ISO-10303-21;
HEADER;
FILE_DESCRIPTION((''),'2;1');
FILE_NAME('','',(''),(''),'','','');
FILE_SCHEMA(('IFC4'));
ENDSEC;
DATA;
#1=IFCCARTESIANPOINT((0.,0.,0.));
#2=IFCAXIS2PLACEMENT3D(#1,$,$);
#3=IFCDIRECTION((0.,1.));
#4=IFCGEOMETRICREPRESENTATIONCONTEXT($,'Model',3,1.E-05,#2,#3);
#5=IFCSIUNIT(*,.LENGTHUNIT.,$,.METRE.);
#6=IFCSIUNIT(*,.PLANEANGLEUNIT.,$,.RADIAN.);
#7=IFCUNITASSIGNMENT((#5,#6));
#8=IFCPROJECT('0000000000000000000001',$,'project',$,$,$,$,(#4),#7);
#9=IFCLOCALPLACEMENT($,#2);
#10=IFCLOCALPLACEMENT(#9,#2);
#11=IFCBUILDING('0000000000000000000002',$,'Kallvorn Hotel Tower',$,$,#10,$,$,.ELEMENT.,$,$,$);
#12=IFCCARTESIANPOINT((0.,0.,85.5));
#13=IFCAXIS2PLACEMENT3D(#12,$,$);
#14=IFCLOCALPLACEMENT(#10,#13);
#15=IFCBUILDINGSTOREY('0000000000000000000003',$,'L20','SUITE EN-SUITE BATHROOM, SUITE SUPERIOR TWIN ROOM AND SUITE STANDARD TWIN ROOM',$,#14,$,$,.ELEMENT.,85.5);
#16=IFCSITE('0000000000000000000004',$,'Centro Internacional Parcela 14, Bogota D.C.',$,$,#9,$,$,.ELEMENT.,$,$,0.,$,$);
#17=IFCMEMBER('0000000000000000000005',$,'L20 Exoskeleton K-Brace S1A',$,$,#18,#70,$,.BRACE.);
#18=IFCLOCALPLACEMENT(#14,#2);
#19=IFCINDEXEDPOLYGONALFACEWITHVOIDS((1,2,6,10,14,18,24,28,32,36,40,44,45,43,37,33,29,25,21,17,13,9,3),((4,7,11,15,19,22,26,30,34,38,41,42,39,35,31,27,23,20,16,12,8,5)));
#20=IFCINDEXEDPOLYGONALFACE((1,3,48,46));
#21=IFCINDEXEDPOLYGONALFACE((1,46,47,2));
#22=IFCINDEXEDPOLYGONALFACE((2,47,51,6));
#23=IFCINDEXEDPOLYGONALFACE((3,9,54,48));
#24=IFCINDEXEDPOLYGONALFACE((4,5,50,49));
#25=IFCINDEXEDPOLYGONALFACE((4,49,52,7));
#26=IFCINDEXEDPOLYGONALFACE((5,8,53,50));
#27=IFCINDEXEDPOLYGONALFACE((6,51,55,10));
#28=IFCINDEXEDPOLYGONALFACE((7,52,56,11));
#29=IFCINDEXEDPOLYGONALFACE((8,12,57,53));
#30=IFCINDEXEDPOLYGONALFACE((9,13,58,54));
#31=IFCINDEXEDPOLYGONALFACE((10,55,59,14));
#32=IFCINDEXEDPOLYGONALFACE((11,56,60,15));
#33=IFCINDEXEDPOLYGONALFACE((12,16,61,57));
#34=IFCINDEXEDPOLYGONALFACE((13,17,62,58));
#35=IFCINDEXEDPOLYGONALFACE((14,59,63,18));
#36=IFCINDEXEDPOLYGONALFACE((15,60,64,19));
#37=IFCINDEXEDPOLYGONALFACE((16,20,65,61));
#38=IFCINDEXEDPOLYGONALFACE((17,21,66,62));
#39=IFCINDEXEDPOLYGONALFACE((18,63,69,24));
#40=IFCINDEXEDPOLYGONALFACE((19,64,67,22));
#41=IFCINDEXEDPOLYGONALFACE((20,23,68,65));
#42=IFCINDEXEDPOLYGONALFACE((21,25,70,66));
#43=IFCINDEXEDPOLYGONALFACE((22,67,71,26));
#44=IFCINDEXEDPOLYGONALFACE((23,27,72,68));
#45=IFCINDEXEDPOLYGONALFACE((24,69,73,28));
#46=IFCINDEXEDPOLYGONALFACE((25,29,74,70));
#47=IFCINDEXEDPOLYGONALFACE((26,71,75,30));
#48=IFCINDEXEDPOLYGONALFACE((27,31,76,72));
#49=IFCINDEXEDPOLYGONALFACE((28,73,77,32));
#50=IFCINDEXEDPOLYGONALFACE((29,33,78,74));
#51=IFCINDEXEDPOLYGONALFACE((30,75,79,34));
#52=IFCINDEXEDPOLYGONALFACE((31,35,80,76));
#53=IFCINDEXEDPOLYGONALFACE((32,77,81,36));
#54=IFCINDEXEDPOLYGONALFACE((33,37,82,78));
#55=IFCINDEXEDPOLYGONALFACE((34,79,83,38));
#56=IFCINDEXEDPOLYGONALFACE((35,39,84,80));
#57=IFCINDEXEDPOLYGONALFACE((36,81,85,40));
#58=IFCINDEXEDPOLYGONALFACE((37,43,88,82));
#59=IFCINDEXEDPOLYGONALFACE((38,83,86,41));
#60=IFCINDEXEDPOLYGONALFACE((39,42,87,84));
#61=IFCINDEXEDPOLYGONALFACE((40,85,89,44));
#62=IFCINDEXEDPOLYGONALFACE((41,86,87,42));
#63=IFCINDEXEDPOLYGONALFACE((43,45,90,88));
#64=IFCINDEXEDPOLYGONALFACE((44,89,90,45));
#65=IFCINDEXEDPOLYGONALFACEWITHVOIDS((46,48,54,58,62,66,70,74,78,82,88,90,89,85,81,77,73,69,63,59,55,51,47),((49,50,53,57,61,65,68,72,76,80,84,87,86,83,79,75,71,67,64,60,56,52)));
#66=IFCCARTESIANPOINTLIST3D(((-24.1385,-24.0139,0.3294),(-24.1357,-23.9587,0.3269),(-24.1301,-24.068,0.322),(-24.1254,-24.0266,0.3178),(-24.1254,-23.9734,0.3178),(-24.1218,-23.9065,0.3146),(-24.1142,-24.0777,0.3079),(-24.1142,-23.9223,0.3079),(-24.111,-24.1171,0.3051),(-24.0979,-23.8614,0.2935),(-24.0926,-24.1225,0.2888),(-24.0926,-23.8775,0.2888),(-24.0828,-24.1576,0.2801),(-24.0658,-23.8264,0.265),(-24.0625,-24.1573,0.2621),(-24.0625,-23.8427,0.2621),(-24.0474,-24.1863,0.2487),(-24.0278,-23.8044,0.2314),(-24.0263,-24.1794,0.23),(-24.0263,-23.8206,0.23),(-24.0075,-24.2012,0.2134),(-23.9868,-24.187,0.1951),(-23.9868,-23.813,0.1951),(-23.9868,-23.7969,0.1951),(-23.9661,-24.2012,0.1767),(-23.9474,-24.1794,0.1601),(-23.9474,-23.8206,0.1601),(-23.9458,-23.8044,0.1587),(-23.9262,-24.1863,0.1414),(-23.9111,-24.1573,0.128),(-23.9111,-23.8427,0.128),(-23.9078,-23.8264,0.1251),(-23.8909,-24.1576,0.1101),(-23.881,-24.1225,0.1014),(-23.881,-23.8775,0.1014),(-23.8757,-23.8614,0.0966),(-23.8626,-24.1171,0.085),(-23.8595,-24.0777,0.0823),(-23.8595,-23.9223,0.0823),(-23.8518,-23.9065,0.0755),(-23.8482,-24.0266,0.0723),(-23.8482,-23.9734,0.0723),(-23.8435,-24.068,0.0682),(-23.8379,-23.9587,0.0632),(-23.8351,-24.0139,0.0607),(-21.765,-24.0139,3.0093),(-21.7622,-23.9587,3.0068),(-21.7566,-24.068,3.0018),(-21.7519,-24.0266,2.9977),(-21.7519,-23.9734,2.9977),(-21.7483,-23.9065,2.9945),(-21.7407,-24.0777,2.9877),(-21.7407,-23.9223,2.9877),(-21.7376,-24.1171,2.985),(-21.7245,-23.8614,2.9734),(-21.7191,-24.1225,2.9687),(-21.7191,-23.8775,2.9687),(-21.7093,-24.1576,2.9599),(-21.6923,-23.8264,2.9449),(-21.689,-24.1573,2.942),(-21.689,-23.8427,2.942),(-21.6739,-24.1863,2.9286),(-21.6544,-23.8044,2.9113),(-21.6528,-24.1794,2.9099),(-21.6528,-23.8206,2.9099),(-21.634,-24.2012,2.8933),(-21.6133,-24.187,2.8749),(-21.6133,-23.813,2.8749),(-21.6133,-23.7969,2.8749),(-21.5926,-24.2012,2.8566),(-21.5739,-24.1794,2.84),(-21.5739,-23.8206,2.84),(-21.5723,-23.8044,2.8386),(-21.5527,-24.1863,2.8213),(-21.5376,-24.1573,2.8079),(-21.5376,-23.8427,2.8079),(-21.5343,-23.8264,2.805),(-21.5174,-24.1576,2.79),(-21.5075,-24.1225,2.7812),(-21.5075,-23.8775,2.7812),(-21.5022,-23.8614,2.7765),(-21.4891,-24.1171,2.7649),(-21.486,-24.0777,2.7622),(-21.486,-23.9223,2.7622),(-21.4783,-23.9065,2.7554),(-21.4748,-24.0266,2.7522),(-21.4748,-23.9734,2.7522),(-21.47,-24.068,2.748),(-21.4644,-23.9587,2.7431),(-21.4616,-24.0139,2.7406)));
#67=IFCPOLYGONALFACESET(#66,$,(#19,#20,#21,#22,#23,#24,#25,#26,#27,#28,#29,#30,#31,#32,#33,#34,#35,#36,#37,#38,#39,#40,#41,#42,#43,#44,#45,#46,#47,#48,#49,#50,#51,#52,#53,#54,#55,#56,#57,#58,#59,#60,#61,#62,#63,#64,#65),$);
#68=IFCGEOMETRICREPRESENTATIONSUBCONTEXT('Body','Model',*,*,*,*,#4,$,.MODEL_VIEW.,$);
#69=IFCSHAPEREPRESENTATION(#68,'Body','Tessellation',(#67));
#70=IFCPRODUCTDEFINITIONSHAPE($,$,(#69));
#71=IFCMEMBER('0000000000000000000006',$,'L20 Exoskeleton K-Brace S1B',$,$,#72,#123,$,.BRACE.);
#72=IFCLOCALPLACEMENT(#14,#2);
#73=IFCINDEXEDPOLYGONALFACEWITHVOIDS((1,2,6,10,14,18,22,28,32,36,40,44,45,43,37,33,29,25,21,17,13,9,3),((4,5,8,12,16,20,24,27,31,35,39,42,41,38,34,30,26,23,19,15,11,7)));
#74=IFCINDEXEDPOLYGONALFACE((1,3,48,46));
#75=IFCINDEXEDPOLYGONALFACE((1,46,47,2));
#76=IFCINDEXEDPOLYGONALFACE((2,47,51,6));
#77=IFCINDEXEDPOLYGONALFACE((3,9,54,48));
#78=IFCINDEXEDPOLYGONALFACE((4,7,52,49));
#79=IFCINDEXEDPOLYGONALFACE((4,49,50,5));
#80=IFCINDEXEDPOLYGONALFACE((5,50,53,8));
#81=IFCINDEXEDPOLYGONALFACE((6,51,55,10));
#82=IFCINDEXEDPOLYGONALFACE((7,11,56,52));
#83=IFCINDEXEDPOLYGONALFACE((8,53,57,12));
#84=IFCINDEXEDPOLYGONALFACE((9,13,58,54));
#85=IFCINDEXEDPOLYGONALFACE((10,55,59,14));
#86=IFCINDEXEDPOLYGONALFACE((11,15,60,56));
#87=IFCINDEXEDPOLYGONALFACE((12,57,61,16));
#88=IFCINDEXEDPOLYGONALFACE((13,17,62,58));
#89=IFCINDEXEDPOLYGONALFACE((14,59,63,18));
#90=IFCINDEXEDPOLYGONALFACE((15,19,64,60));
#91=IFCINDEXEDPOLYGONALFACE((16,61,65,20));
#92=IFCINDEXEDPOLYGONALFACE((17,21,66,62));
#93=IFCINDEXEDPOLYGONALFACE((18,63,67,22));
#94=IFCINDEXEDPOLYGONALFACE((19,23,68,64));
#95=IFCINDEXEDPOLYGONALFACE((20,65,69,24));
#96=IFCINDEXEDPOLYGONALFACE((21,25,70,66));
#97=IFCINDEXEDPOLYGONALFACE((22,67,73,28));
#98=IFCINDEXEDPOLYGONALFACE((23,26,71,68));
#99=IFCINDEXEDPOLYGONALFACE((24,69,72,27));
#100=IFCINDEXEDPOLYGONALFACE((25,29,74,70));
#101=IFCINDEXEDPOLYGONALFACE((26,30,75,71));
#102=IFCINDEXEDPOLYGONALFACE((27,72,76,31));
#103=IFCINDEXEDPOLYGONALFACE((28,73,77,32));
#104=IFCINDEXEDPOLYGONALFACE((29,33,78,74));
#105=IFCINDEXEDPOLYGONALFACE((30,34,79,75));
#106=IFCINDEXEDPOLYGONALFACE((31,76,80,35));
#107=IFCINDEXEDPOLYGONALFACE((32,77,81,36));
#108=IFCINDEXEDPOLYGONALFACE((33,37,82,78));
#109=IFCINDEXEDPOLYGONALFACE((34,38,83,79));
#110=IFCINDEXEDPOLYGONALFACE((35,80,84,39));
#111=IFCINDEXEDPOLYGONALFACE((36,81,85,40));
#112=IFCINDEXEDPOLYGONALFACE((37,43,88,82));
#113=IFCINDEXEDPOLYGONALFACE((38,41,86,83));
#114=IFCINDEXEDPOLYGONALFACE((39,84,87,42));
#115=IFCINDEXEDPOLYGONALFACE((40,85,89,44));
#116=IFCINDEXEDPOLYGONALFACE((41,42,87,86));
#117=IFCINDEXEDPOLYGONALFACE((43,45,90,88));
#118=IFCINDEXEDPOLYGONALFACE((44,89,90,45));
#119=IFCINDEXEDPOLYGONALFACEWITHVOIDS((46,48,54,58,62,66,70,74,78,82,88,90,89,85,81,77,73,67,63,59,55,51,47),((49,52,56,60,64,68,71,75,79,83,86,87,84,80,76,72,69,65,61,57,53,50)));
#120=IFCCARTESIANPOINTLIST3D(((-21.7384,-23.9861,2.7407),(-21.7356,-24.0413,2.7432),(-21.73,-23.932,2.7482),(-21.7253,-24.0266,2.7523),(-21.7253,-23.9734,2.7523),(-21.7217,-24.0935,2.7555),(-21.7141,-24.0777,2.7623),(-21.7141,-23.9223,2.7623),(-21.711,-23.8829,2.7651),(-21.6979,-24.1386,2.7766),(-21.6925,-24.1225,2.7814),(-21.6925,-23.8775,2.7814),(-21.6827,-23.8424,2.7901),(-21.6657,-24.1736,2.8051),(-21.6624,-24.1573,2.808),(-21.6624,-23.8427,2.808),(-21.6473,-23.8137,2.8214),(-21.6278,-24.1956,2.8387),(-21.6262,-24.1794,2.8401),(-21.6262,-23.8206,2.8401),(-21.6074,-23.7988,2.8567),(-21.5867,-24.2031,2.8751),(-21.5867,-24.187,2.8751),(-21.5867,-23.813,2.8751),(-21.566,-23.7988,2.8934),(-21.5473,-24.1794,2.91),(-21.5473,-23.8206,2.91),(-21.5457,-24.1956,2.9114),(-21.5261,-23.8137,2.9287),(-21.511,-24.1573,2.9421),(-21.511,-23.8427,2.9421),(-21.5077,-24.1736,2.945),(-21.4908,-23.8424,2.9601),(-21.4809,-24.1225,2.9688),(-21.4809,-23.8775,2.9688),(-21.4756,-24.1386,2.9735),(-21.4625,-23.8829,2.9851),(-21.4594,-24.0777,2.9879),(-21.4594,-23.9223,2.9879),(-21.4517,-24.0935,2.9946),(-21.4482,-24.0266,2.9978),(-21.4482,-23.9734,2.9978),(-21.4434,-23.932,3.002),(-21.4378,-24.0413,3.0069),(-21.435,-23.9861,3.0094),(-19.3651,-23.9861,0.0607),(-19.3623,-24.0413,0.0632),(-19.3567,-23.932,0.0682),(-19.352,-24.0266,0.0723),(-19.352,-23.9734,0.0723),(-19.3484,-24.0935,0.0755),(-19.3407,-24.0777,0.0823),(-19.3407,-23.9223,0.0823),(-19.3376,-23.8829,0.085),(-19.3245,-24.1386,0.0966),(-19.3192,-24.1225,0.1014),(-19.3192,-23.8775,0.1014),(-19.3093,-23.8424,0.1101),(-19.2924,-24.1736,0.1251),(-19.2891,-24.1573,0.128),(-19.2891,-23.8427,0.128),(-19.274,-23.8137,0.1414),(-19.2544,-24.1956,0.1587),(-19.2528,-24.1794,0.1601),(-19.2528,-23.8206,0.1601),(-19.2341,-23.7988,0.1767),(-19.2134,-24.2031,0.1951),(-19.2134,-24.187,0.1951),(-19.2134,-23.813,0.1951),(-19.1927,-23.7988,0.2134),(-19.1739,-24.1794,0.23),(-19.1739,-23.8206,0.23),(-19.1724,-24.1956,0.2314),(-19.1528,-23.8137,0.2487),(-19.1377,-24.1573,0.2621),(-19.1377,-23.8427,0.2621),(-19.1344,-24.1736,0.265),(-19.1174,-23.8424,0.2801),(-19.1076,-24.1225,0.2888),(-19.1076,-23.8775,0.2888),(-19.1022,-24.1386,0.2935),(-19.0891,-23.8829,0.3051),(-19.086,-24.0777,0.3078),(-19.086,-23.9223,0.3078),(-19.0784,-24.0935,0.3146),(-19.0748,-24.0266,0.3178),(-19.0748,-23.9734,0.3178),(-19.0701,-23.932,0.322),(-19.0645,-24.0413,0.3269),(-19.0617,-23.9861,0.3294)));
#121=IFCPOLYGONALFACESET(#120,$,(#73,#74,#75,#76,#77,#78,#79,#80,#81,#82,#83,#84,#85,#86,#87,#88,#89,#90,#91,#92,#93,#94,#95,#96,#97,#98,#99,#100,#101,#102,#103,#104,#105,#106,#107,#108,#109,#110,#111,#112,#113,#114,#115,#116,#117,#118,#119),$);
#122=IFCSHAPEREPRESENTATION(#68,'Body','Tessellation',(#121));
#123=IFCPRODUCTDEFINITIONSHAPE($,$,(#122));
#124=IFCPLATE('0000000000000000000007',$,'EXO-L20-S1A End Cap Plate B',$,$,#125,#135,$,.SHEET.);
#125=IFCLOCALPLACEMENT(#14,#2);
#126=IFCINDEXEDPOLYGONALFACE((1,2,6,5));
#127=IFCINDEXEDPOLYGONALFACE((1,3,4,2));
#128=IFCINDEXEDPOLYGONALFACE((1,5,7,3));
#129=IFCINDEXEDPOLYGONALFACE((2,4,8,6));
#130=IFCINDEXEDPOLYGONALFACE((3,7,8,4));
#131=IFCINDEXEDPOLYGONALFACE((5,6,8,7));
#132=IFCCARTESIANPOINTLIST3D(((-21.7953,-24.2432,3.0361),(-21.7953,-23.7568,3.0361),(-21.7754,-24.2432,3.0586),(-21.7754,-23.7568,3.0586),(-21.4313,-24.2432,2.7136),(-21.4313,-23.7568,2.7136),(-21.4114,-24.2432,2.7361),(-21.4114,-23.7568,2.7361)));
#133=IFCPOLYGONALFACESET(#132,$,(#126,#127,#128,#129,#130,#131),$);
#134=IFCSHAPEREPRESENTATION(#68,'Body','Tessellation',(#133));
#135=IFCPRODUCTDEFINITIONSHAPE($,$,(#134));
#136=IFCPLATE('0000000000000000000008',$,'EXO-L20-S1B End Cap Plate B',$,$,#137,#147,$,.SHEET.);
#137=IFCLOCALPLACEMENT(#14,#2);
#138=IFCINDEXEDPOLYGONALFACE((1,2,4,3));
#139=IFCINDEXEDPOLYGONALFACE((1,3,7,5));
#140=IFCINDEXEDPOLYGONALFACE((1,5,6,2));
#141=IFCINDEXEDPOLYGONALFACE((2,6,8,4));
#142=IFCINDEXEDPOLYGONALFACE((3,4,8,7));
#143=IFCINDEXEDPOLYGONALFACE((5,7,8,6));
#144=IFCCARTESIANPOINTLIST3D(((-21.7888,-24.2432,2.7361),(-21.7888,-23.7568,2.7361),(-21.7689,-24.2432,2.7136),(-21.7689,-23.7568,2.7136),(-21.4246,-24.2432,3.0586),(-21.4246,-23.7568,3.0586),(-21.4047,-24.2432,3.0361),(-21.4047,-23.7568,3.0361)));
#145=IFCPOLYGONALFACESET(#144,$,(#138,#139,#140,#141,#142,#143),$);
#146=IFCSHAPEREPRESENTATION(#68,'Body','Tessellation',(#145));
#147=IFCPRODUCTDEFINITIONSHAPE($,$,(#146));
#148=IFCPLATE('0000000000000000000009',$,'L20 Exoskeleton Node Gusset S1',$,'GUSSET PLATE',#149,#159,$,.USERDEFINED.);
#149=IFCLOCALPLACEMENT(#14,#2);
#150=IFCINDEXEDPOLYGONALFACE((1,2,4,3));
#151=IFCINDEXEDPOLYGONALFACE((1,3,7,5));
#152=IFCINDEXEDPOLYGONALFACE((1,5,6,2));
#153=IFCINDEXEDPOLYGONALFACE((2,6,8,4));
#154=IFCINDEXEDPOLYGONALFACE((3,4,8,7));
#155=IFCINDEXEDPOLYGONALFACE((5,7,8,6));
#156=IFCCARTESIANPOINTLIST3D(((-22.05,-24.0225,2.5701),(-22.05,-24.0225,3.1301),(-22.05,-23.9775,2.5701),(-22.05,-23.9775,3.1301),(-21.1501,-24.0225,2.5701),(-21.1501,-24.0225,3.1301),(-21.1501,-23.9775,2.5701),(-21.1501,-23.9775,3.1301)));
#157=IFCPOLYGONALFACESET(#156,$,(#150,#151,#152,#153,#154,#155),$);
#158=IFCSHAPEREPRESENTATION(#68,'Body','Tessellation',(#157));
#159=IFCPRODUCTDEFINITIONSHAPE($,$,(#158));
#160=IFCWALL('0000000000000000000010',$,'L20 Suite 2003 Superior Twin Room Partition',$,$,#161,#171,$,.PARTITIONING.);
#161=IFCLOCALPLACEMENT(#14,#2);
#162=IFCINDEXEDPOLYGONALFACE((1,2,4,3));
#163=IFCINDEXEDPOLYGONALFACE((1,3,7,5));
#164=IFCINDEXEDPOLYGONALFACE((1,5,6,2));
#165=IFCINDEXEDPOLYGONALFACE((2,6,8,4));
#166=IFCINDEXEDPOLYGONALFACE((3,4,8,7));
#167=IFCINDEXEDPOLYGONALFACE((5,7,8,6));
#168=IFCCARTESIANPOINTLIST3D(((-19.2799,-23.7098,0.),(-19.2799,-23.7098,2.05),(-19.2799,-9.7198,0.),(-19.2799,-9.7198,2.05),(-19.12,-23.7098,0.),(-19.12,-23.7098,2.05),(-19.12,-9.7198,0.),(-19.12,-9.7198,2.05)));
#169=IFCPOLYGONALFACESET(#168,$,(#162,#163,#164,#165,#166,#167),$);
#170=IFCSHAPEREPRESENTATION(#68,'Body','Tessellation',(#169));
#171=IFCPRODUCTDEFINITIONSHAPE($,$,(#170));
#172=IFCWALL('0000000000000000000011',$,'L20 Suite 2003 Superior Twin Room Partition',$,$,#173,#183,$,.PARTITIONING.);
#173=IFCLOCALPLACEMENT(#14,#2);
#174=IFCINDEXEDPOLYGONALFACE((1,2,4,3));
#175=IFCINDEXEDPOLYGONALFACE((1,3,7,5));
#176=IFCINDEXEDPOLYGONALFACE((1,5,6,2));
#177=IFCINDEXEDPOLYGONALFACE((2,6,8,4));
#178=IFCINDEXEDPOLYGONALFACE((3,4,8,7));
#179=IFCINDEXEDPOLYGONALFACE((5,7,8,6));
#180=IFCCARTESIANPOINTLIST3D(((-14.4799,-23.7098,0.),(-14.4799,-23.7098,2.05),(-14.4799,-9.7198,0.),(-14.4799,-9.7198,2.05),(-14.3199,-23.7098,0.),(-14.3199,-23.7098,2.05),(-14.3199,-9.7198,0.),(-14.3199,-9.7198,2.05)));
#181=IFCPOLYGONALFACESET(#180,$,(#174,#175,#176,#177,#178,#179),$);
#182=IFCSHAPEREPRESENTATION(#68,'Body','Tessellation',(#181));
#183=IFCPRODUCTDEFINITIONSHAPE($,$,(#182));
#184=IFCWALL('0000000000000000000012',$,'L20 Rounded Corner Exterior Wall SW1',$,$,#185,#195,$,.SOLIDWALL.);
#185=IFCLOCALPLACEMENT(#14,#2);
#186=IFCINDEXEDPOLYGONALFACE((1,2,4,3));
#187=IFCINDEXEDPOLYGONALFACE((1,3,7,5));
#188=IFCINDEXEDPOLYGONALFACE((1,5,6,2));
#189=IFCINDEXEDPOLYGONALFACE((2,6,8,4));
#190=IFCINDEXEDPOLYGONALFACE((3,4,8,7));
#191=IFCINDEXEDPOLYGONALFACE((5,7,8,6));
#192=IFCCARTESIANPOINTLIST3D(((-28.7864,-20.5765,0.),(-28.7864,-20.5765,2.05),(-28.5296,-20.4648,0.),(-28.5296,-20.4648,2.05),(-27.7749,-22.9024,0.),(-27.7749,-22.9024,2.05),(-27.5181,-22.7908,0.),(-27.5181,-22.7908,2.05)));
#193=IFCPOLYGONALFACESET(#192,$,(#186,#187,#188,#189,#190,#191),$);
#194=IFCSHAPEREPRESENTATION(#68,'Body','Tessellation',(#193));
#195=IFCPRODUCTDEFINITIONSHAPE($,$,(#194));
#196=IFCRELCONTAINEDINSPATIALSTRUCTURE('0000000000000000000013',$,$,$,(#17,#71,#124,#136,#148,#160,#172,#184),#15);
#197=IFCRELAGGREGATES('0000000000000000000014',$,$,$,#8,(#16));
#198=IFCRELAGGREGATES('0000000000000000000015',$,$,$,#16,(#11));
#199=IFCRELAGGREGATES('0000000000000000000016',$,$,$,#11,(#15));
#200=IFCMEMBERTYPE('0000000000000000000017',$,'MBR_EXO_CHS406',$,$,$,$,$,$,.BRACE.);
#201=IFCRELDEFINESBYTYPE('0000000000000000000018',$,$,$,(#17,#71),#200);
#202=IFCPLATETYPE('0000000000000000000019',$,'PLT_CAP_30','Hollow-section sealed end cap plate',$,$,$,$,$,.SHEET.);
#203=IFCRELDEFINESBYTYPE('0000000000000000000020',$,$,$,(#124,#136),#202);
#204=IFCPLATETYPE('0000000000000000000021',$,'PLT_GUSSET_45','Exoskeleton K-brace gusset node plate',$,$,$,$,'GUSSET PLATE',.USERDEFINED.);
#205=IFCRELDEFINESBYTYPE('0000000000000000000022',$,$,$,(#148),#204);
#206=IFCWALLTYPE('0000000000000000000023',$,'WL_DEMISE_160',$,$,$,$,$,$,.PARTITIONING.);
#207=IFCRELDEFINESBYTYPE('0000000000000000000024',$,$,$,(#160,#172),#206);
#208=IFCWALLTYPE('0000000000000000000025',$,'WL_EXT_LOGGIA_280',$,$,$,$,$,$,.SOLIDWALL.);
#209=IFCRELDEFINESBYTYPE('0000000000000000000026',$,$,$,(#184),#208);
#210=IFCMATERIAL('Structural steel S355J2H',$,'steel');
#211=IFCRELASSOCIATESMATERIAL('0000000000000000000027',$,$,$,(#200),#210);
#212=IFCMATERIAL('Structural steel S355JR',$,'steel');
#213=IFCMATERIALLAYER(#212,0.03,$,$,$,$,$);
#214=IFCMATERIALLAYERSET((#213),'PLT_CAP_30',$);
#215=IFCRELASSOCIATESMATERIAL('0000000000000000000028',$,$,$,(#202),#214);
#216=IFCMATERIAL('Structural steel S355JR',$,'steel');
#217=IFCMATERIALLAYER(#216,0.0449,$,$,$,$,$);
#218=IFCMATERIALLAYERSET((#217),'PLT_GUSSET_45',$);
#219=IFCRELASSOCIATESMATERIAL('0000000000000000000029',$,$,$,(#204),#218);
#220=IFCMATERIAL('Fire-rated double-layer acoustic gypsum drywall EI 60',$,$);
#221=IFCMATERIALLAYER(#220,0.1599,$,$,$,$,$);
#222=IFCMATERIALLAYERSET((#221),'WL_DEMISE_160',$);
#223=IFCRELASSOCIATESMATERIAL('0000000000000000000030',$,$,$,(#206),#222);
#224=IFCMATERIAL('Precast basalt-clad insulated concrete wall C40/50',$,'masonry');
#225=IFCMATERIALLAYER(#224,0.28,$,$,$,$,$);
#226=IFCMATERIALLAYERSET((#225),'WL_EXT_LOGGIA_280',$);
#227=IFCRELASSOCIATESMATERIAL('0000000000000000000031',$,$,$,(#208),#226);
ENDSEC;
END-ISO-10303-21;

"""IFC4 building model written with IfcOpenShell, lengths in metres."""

from ifc_helpers import new_model, si_unit, direction, frame, frame_2d, origin, origin_2d, place, context, subcontext, project, spatial, polyline, rectangle, hollow_circle, outline, extrude, material, layer, layer_set, material_profile, profile_set, type_object, element, save


model = new_model("IFC4")

# Units and contexts
model_context = context("Model", 3, precision=1e-05, world=origin(), true_north=direction((0.0, 1.0)))
body_context = subcontext(model_context, "Body", "Model", "MODEL_VIEW")
ifc_project = project(units=[si_unit("LENGTHUNIT", "METRE"), si_unit("PLANEANGLEUNIT", "RADIAN")], contexts=[model_context])

# Site, building, storey
site_placement = place(None, origin())
site = spatial("IfcSite", under=ifc_project, at=site_placement, Name="Centro Internacional Parcela 14, Bogota D.C.", CompositionType="ELEMENT", RefElevation=0.0)
building_placement = place(site_placement, origin())
building = spatial("IfcBuilding", under=site, at=building_placement, Name="Kallvorn Hotel Tower", CompositionType="ELEMENT")
storey_placement = place(building_placement, frame((0.0, 0.0, 85.5)))
storey = spatial("IfcBuildingStorey", under=building, at=storey_placement, Name="L20", Description="SUITE EN-SUITE BATHROOM, SUITE SUPERIOR TWIN ROOM AND SUITE STANDARD TWIN ROOM", CompositionType="ELEMENT", Elevation=85.5)

# Members
ifc_material_1 = material(Name="Structural steel S355J2H", Category="steel")
ifc_material_profile_1 = material_profile(ifc_material_1, hollow_circle(Radius=0.2031, WallThickness=0.0161, at=origin_2d()), Name="CHS 406.4x16")
ifc_profile_set_1 = profile_set([ifc_material_profile_1], Name="Structural steel S355J2H")
member_type = type_object("IfcMemberType", Name="MBR_EXO_CHS406", PredefinedType="BRACE", material=ifc_profile_set_1)
for number, where, z_axis, x_axis, name in (
    (1, (-23.9868, -24.0, 0.1951), (0.663017, 0.0, 0.748605), (0.0, 1.0, 0.0), "L20 Exoskeleton K-Brace S1A"),
    (2, (-19.2134, -24.0, 0.1951), (-0.662978, 0.0, 0.748638), (0.0, -1.0, 0.0), "L20 Exoskeleton K-Brace S1B"),
):
    element("IfcMember", number, at=place(storey_placement, frame(where, z_axis=z_axis, x_axis=x_axis)), inside=storey, type_object=member_type, Name=name, PredefinedType="BRACE", context=body_context, shape_type="SweptSolid", body=[
        extrude(hollow_circle(Radius=0.2031, WallThickness=0.0161, at=origin_2d()), origin(), (0.0, 0.0, 1.0), 3.5798),
    ])

# Plates
ifc_material_2 = material(Name="Structural steel S355JR", Category="steel")
ifc_layer_1 = layer(ifc_material_2, 0.03)
ifc_layer_set_1 = layer_set([ifc_layer_1], Name="PLT_CAP_30")
plate_type_1 = type_object("IfcPlateType", Name="PLT_CAP_30", Description="Hollow-section sealed end cap plate", PredefinedType="SHEET", material=ifc_layer_set_1)
plate_1_placement = place(storey_placement, frame((-21.4114, -24.2432, 2.7361), z_axis=(0.663148, 0.0, 0.748489), x_axis=(0.0, 1.0, 0.0)))
element("IfcPlate", 3, at=plate_1_placement, inside=storey, type_object=plate_type_1, Name="EXO-L20-S1A End Cap Plate B", PredefinedType="SHEET", context=body_context, shape_type="SweptSolid", body=[
    extrude(outline(polyline([(0.0, 0.0), (0.4863, 0.0), (0.4863, 0.4863), (0.0, 0.4863), (0.0, 0.0)])), origin(), (0.0, 0.0, -1.0), 0.03),
])
plate_2_placement = place(storey_placement, frame((-21.7888, -23.7568, 2.7361), z_axis=(-0.662899, 0.0, 0.748709), x_axis=(0.0, -1.0, 0.0)))
element("IfcPlate", 4, at=plate_2_placement, inside=storey, type_object=plate_type_1, Name="EXO-L20-S1B End Cap Plate B", PredefinedType="SHEET", context=body_context, shape_type="SweptSolid", body=[
    extrude(outline(polyline([(0.0, 0.0), (0.4863, 0.0), (0.4863, 0.4865), (0.0, 0.4865), (0.0, 0.0)])), origin(), (0.0, 0.0, -1.0), 0.03),
])
ifc_material_3 = material(Name="Structural steel S355JR", Category="steel")
ifc_layer_2 = layer(ifc_material_3, 0.0449)
ifc_layer_set_2 = layer_set([ifc_layer_2], Name="PLT_GUSSET_45")
plate_type_2 = type_object("IfcPlateType", Name="PLT_GUSSET_45", Description="Exoskeleton K-brace gusset node plate", ElementType="GUSSET PLATE", PredefinedType="USERDEFINED", material=ifc_layer_set_2)
plate_3_placement = place(storey_placement, frame((-21.6001, -24.0, 2.5701), z_axis=(0.0, 0.0, 1.0), x_axis=(1.0, 0.0, 0.0)))
element("IfcPlate", 5, at=plate_3_placement, inside=storey, type_object=plate_type_2, Name="L20 Exoskeleton Node Gusset S1", ObjectType="GUSSET PLATE", PredefinedType="USERDEFINED", context=body_context, shape_type="SweptSolid", body=[
    extrude(rectangle(XDim=0.8999, YDim=0.0449, at=origin_2d()), origin(), (0.0, 0.0, 1.0), 0.5601),
])

# Walls
ifc_material_4 = material(Name="Fire-rated double-layer acoustic gypsum drywall EI 60")
ifc_layer_3 = layer(ifc_material_4, 0.1599)
ifc_layer_set_3 = layer_set([ifc_layer_3], Name="WL_DEMISE_160")
wall_type_1 = type_object("IfcWallType", Name="WL_DEMISE_160", PredefinedType="PARTITIONING", material=ifc_layer_set_3)
for number, where, z_axis, x_axis, name in (
    (6, (-19.2, -23.71, 0.0), (0.0, 0.0, 1.0), (0.0, 1.0, 0.0), "L20 Suite 2003 Superior Twin Room Partition"),
    (7, (-14.3999, -23.71, 0.0), (0.0, 0.0, 1.0), (0.0, 1.0, 0.0), "L20 Suite 2003 Superior Twin Room Partition"),
):
    element("IfcWall", number, at=place(storey_placement, frame(where, z_axis=z_axis, x_axis=x_axis)), inside=storey, type_object=wall_type_1, Name=name, PredefinedType="PARTITIONING", context=body_context, shape_type="SweptSolid", body=[
        extrude(rectangle(XDim=13.99, YDim=0.1599, at=frame_2d((6.9951, 0.0))), origin(), (0.0, 0.0, 1.0), 2.05),
    ])
ifc_material_5 = material(Name="Precast basalt-clad insulated concrete wall C40/50", Category="masonry")
ifc_layer_4 = layer(ifc_material_5, 0.28)
ifc_layer_set_4 = layer_set([ifc_layer_4], Name="WL_EXT_LOGGIA_280")
wall_type_2 = type_object("IfcWallType", Name="WL_EXT_LOGGIA_280", PredefinedType="SOLIDWALL", material=ifc_layer_set_4)
wall_1_placement = place(storey_placement, frame((-28.658, -20.5208, 0.0), z_axis=(0.0, 0.0, 1.0), x_axis=(0.398793, -0.917041, 0.0)))
element("IfcWall", 8, at=wall_1_placement, inside=storey, type_object=wall_type_2, Name="L20 Rounded Corner Exterior Wall SW1", PredefinedType="SOLIDWALL", context=body_context, shape_type="SweptSolid", body=[
    extrude(rectangle(XDim=2.5364, YDim=0.28, at=frame_2d((1.2681, 0.0))), origin(), (0.0, 0.0, 1.0), 2.05),
])

save(model, "model.ifc")
